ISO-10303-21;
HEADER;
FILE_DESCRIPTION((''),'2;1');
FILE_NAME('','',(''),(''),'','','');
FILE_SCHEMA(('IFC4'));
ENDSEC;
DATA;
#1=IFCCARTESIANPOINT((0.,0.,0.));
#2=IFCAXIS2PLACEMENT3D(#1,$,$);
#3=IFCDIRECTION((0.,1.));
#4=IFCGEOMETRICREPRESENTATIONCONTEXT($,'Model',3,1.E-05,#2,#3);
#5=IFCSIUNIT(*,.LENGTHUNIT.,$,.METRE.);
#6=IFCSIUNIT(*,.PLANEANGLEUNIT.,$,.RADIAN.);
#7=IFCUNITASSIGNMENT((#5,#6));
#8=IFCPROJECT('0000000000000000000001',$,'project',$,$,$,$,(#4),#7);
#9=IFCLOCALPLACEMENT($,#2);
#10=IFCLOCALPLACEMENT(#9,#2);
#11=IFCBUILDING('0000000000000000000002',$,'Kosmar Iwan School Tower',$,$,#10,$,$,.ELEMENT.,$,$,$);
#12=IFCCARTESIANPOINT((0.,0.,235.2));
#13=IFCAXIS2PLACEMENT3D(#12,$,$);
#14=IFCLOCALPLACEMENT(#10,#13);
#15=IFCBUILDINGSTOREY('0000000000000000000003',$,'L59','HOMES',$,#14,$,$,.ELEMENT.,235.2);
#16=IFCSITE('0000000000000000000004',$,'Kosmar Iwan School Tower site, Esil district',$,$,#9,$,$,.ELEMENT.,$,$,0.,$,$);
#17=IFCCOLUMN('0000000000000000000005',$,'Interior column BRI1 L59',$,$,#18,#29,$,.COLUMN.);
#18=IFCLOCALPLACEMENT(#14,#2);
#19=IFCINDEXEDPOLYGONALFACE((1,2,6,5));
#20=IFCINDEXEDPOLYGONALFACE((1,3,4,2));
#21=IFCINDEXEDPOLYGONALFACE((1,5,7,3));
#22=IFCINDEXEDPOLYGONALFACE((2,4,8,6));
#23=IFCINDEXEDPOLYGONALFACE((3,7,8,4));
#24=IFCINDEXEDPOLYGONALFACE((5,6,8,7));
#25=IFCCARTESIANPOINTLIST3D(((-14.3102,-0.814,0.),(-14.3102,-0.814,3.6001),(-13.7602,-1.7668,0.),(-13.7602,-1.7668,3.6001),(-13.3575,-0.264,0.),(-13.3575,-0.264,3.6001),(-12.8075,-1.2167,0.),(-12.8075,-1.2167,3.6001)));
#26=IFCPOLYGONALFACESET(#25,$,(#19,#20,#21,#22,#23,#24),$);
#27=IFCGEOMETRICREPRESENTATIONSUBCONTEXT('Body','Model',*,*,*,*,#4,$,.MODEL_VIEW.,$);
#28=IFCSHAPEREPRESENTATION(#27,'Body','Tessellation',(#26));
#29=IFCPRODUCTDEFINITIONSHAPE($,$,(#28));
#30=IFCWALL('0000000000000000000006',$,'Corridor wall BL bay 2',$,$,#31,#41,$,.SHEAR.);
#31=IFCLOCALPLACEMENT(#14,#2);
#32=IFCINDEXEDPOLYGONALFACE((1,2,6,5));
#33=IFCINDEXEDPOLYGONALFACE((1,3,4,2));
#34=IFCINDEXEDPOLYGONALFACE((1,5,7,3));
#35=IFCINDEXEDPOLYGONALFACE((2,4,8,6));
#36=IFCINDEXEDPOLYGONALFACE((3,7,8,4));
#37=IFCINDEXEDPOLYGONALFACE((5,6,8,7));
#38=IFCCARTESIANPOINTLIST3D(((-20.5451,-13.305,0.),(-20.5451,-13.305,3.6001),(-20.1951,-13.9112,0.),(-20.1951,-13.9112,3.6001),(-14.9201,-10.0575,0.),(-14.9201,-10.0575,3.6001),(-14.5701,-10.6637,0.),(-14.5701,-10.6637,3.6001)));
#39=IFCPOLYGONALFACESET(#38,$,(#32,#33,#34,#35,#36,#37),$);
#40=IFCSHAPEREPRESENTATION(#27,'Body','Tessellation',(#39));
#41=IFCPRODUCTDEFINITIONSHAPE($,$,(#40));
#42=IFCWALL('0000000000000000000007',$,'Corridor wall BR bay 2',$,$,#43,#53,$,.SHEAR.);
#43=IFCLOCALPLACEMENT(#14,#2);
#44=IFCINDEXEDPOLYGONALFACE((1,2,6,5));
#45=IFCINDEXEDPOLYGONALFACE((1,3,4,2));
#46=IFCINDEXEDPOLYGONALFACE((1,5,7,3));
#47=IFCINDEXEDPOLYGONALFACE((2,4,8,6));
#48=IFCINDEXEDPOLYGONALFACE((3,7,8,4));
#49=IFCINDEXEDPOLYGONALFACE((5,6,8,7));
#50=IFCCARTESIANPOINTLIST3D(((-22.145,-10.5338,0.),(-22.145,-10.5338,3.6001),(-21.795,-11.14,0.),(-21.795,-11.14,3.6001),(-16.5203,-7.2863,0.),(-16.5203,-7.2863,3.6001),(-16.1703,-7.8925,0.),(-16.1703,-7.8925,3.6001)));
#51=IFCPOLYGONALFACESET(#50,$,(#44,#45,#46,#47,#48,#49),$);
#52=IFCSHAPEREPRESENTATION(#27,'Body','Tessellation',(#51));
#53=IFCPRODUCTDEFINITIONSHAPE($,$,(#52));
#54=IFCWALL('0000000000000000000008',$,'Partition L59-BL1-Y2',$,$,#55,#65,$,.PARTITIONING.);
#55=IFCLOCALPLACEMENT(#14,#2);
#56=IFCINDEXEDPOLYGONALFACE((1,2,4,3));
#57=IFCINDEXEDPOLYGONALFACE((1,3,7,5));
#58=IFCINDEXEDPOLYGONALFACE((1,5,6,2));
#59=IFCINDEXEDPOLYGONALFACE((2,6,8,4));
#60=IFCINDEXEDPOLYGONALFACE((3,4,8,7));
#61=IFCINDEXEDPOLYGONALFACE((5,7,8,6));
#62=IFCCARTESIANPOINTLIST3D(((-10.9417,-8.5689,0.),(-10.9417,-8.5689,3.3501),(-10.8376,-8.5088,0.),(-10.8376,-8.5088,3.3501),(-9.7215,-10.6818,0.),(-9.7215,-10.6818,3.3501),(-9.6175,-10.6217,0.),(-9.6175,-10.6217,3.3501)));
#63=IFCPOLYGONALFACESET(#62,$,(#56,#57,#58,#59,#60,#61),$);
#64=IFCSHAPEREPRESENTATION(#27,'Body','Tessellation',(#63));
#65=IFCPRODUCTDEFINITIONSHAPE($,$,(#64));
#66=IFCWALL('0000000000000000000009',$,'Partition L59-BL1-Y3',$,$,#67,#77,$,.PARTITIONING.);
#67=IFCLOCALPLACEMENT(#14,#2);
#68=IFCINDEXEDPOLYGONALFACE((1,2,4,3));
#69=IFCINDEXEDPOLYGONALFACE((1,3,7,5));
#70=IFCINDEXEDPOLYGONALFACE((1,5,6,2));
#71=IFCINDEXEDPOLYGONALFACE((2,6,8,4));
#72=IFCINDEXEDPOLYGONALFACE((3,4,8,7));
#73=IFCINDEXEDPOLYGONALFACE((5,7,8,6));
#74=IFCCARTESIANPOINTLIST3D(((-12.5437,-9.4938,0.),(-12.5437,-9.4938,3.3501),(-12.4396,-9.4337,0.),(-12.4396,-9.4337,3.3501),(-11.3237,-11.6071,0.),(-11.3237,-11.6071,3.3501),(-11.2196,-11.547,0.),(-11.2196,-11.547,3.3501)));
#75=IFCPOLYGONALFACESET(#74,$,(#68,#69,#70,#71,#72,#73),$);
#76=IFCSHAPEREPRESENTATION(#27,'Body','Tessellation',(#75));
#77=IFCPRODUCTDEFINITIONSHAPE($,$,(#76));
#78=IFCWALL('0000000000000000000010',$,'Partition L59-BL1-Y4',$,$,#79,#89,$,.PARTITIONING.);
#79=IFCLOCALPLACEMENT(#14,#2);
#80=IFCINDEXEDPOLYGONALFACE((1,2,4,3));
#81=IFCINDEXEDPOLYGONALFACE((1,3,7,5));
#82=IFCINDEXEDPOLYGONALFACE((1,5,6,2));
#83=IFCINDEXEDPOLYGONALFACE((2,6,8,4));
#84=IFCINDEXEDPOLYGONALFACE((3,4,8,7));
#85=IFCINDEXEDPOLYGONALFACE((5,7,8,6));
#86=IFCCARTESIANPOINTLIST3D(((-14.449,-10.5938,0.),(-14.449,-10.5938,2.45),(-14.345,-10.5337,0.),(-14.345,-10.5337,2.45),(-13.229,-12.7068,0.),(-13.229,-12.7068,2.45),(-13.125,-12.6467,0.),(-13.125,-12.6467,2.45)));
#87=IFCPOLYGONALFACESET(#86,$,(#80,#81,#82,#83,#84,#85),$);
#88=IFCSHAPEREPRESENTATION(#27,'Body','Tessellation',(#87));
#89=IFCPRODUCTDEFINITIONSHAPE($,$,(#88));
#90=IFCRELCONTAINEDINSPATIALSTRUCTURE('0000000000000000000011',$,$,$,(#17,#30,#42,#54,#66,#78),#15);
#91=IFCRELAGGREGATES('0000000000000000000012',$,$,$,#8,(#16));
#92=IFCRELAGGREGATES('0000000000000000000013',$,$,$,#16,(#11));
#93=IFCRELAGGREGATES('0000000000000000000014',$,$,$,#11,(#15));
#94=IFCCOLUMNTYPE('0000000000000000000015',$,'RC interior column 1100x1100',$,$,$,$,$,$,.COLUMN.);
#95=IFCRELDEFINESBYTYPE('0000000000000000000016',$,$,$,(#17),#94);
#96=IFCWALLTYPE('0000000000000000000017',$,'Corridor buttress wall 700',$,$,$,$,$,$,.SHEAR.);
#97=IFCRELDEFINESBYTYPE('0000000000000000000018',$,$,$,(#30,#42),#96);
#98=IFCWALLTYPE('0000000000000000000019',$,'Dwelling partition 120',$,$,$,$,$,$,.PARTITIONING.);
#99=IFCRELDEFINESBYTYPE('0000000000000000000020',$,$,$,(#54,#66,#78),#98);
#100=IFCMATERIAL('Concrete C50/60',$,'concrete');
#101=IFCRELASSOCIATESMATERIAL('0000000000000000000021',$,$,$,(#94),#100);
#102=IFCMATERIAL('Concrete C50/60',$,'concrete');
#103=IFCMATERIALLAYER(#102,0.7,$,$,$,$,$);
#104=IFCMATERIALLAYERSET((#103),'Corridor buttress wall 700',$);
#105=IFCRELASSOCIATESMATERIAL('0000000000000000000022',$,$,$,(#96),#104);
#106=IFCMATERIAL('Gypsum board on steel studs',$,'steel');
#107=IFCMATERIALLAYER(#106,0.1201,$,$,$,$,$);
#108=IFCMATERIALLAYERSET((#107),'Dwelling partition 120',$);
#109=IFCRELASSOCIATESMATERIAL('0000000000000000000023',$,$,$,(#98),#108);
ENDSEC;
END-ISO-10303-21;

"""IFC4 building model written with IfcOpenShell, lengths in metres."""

from ifc_helpers import new_model, si_unit, direction, frame, frame_2d, origin, origin_2d, place, context, subcontext, project, spatial, rectangle, extrude, material, layer, layer_set, material_profile, profile_set, type_object, element, save


model = new_model("IFC4")

# Units and contexts
model_context = context("Model", 3, precision=1e-05, world=origin(), true_north=direction((0.0, 1.0)))
body_context = subcontext(model_context, "Body", "Model", "MODEL_VIEW")
ifc_project = project(units=[si_unit("LENGTHUNIT", "METRE"), si_unit("PLANEANGLEUNIT", "RADIAN")], contexts=[model_context])

# Site, building, storey
site_placement = place(None, origin())
site = spatial("IfcSite", under=ifc_project, at=site_placement, Name="Kosmar Iwan School Tower site, Esil district", CompositionType="ELEMENT", RefElevation=0.0)
building_placement = place(site_placement, origin())
building = spatial("IfcBuilding", under=site, at=building_placement, Name="Kosmar Iwan School Tower", CompositionType="ELEMENT")
storey_placement = place(building_placement, frame((0.0, 0.0, 235.2)))
storey = spatial("IfcBuildingStorey", under=building, at=storey_placement, Name="L59", Description="HOMES", CompositionType="ELEMENT", Elevation=235.2)

# Column
ifc_material_1 = material(Name="Concrete C50/60", Category="concrete")
ifc_material_profile = material_profile(ifc_material_1, rectangle(XDim=1.1001, YDim=1.1001, at=origin_2d()), Name="RC 1100x1100")
ifc_profile_set = profile_set([ifc_material_profile], Name="Concrete C50/60")
column_type = type_object("IfcColumnType", Name="RC interior column 1100x1100", PredefinedType="COLUMN", material=ifc_profile_set)
column_placement = place(storey_placement, frame((-13.5588, -1.0154, 0.0), z_axis=(0.0, 0.0, 1.0), x_axis=(-0.866025, -0.5, 0.0)))
element("IfcColumn", 1, at=column_placement, inside=storey, type_object=column_type, Name="Interior column BRI1 L59", PredefinedType="COLUMN", context=body_context, shape_type="SweptSolid", body=[
    extrude(rectangle(XDim=1.1001, YDim=1.1001, at=origin_2d()), origin(), (0.0, 0.0, 1.0), 3.6001),
])

# Walls
ifc_material_2 = material(Name="Concrete C50/60", Category="concrete")
ifc_layer_1 = layer(ifc_material_2, 0.7)
ifc_layer_set_1 = layer_set([ifc_layer_1], Name="Corridor buttress wall 700")
wall_type_1 = type_object("IfcWallType", Name="Corridor buttress wall 700", PredefinedType="SHEAR", material=ifc_layer_set_1)
wall_1_placement = place(storey_placement, frame((-14.7451, -10.3606, 0.0), z_axis=(0.0, 0.0, 1.0), x_axis=(-0.866028, -0.499996, 0.0)))
element("IfcWall", 2, at=wall_1_placement, inside=storey, type_object=wall_type_1, Name="Corridor wall BL bay 2", PredefinedType="SHEAR", context=body_context, shape_type="SweptSolid", body=[
    extrude(rectangle(XDim=6.4951, YDim=0.7, at=frame_2d((3.2476, 0.0))), origin(), (0.0, 0.0, 1.0), 3.6001),
])
wall_2_placement = place(storey_placement, frame((-16.3452, -7.5894, 0.0), z_axis=(0.0, 0.0, 1.0), x_axis=(-0.866018, -0.500012, 0.0)))
element("IfcWall", 3, at=wall_2_placement, inside=storey, type_object=wall_type_1, Name="Corridor wall BR bay 2", PredefinedType="SHEAR", context=body_context, shape_type="SweptSolid", body=[
    extrude(rectangle(XDim=6.4949, YDim=0.7, at=frame_2d((3.2476, 0.0))), origin(), (0.0, 0.0, 1.0), 3.6001),
])
ifc_material_3 = material(Name="Gypsum board on steel studs", Category="steel")
ifc_layer_2 = layer(ifc_material_3, 0.1201)
ifc_layer_set_2 = layer_set([ifc_layer_2], Name="Dwelling partition 120")
wall_type_2 = type_object("IfcWallType", Name="Dwelling partition 120", PredefinedType="PARTITIONING", material=ifc_layer_set_2)
wall_3_placement = place(storey_placement, frame((-10.8896, -8.5388, 0.0), z_axis=(0.0, 0.0, 1.0), x_axis=(0.500078, -0.865981, 0.0)))
element("IfcWall", 4, at=wall_3_placement, inside=storey, type_object=wall_type_2, Name="Partition L59-BL1-Y2", PredefinedType="PARTITIONING", context=body_context, shape_type="SweptSolid", body=[
    extrude(rectangle(XDim=2.4399, YDim=0.1201, at=frame_2d((1.22, 0.0))), origin(), (0.0, 0.0, 1.0), 3.3501),
])
wall_4_placement = place(storey_placement, frame((-12.4917, -9.4636, 0.0), z_axis=(0.0, 0.0, 1.0), x_axis=(0.499959, -0.866049, 0.0)))
element("IfcWall", 5, at=wall_4_placement, inside=storey, type_object=wall_type_2, Name="Partition L59-BL1-Y3", PredefinedType="PARTITIONING", context=body_context, shape_type="SweptSolid", body=[
    extrude(rectangle(XDim=2.4402, YDim=0.1201, at=frame_2d((1.2202, 0.0))), origin(), (0.0, 0.0, 1.0), 3.3501),
])
wall_5_placement = place(storey_placement, frame((-14.397, -10.5637, 0.0), z_axis=(0.0, 0.0, 1.0), x_axis=(0.500003, -0.866024, 0.0)))
element("IfcWall", 6, at=wall_5_placement, inside=storey, type_object=wall_type_2, Name="Partition L59-BL1-Y4", PredefinedType="PARTITIONING", context=body_context, shape_type="SweptSolid", body=[
    extrude(rectangle(XDim=2.4399, YDim=0.1201, at=frame_2d((1.22, 0.0))), origin(), (0.0, 0.0, 1.0), 2.45),
])

save(model, "model.ifc")
